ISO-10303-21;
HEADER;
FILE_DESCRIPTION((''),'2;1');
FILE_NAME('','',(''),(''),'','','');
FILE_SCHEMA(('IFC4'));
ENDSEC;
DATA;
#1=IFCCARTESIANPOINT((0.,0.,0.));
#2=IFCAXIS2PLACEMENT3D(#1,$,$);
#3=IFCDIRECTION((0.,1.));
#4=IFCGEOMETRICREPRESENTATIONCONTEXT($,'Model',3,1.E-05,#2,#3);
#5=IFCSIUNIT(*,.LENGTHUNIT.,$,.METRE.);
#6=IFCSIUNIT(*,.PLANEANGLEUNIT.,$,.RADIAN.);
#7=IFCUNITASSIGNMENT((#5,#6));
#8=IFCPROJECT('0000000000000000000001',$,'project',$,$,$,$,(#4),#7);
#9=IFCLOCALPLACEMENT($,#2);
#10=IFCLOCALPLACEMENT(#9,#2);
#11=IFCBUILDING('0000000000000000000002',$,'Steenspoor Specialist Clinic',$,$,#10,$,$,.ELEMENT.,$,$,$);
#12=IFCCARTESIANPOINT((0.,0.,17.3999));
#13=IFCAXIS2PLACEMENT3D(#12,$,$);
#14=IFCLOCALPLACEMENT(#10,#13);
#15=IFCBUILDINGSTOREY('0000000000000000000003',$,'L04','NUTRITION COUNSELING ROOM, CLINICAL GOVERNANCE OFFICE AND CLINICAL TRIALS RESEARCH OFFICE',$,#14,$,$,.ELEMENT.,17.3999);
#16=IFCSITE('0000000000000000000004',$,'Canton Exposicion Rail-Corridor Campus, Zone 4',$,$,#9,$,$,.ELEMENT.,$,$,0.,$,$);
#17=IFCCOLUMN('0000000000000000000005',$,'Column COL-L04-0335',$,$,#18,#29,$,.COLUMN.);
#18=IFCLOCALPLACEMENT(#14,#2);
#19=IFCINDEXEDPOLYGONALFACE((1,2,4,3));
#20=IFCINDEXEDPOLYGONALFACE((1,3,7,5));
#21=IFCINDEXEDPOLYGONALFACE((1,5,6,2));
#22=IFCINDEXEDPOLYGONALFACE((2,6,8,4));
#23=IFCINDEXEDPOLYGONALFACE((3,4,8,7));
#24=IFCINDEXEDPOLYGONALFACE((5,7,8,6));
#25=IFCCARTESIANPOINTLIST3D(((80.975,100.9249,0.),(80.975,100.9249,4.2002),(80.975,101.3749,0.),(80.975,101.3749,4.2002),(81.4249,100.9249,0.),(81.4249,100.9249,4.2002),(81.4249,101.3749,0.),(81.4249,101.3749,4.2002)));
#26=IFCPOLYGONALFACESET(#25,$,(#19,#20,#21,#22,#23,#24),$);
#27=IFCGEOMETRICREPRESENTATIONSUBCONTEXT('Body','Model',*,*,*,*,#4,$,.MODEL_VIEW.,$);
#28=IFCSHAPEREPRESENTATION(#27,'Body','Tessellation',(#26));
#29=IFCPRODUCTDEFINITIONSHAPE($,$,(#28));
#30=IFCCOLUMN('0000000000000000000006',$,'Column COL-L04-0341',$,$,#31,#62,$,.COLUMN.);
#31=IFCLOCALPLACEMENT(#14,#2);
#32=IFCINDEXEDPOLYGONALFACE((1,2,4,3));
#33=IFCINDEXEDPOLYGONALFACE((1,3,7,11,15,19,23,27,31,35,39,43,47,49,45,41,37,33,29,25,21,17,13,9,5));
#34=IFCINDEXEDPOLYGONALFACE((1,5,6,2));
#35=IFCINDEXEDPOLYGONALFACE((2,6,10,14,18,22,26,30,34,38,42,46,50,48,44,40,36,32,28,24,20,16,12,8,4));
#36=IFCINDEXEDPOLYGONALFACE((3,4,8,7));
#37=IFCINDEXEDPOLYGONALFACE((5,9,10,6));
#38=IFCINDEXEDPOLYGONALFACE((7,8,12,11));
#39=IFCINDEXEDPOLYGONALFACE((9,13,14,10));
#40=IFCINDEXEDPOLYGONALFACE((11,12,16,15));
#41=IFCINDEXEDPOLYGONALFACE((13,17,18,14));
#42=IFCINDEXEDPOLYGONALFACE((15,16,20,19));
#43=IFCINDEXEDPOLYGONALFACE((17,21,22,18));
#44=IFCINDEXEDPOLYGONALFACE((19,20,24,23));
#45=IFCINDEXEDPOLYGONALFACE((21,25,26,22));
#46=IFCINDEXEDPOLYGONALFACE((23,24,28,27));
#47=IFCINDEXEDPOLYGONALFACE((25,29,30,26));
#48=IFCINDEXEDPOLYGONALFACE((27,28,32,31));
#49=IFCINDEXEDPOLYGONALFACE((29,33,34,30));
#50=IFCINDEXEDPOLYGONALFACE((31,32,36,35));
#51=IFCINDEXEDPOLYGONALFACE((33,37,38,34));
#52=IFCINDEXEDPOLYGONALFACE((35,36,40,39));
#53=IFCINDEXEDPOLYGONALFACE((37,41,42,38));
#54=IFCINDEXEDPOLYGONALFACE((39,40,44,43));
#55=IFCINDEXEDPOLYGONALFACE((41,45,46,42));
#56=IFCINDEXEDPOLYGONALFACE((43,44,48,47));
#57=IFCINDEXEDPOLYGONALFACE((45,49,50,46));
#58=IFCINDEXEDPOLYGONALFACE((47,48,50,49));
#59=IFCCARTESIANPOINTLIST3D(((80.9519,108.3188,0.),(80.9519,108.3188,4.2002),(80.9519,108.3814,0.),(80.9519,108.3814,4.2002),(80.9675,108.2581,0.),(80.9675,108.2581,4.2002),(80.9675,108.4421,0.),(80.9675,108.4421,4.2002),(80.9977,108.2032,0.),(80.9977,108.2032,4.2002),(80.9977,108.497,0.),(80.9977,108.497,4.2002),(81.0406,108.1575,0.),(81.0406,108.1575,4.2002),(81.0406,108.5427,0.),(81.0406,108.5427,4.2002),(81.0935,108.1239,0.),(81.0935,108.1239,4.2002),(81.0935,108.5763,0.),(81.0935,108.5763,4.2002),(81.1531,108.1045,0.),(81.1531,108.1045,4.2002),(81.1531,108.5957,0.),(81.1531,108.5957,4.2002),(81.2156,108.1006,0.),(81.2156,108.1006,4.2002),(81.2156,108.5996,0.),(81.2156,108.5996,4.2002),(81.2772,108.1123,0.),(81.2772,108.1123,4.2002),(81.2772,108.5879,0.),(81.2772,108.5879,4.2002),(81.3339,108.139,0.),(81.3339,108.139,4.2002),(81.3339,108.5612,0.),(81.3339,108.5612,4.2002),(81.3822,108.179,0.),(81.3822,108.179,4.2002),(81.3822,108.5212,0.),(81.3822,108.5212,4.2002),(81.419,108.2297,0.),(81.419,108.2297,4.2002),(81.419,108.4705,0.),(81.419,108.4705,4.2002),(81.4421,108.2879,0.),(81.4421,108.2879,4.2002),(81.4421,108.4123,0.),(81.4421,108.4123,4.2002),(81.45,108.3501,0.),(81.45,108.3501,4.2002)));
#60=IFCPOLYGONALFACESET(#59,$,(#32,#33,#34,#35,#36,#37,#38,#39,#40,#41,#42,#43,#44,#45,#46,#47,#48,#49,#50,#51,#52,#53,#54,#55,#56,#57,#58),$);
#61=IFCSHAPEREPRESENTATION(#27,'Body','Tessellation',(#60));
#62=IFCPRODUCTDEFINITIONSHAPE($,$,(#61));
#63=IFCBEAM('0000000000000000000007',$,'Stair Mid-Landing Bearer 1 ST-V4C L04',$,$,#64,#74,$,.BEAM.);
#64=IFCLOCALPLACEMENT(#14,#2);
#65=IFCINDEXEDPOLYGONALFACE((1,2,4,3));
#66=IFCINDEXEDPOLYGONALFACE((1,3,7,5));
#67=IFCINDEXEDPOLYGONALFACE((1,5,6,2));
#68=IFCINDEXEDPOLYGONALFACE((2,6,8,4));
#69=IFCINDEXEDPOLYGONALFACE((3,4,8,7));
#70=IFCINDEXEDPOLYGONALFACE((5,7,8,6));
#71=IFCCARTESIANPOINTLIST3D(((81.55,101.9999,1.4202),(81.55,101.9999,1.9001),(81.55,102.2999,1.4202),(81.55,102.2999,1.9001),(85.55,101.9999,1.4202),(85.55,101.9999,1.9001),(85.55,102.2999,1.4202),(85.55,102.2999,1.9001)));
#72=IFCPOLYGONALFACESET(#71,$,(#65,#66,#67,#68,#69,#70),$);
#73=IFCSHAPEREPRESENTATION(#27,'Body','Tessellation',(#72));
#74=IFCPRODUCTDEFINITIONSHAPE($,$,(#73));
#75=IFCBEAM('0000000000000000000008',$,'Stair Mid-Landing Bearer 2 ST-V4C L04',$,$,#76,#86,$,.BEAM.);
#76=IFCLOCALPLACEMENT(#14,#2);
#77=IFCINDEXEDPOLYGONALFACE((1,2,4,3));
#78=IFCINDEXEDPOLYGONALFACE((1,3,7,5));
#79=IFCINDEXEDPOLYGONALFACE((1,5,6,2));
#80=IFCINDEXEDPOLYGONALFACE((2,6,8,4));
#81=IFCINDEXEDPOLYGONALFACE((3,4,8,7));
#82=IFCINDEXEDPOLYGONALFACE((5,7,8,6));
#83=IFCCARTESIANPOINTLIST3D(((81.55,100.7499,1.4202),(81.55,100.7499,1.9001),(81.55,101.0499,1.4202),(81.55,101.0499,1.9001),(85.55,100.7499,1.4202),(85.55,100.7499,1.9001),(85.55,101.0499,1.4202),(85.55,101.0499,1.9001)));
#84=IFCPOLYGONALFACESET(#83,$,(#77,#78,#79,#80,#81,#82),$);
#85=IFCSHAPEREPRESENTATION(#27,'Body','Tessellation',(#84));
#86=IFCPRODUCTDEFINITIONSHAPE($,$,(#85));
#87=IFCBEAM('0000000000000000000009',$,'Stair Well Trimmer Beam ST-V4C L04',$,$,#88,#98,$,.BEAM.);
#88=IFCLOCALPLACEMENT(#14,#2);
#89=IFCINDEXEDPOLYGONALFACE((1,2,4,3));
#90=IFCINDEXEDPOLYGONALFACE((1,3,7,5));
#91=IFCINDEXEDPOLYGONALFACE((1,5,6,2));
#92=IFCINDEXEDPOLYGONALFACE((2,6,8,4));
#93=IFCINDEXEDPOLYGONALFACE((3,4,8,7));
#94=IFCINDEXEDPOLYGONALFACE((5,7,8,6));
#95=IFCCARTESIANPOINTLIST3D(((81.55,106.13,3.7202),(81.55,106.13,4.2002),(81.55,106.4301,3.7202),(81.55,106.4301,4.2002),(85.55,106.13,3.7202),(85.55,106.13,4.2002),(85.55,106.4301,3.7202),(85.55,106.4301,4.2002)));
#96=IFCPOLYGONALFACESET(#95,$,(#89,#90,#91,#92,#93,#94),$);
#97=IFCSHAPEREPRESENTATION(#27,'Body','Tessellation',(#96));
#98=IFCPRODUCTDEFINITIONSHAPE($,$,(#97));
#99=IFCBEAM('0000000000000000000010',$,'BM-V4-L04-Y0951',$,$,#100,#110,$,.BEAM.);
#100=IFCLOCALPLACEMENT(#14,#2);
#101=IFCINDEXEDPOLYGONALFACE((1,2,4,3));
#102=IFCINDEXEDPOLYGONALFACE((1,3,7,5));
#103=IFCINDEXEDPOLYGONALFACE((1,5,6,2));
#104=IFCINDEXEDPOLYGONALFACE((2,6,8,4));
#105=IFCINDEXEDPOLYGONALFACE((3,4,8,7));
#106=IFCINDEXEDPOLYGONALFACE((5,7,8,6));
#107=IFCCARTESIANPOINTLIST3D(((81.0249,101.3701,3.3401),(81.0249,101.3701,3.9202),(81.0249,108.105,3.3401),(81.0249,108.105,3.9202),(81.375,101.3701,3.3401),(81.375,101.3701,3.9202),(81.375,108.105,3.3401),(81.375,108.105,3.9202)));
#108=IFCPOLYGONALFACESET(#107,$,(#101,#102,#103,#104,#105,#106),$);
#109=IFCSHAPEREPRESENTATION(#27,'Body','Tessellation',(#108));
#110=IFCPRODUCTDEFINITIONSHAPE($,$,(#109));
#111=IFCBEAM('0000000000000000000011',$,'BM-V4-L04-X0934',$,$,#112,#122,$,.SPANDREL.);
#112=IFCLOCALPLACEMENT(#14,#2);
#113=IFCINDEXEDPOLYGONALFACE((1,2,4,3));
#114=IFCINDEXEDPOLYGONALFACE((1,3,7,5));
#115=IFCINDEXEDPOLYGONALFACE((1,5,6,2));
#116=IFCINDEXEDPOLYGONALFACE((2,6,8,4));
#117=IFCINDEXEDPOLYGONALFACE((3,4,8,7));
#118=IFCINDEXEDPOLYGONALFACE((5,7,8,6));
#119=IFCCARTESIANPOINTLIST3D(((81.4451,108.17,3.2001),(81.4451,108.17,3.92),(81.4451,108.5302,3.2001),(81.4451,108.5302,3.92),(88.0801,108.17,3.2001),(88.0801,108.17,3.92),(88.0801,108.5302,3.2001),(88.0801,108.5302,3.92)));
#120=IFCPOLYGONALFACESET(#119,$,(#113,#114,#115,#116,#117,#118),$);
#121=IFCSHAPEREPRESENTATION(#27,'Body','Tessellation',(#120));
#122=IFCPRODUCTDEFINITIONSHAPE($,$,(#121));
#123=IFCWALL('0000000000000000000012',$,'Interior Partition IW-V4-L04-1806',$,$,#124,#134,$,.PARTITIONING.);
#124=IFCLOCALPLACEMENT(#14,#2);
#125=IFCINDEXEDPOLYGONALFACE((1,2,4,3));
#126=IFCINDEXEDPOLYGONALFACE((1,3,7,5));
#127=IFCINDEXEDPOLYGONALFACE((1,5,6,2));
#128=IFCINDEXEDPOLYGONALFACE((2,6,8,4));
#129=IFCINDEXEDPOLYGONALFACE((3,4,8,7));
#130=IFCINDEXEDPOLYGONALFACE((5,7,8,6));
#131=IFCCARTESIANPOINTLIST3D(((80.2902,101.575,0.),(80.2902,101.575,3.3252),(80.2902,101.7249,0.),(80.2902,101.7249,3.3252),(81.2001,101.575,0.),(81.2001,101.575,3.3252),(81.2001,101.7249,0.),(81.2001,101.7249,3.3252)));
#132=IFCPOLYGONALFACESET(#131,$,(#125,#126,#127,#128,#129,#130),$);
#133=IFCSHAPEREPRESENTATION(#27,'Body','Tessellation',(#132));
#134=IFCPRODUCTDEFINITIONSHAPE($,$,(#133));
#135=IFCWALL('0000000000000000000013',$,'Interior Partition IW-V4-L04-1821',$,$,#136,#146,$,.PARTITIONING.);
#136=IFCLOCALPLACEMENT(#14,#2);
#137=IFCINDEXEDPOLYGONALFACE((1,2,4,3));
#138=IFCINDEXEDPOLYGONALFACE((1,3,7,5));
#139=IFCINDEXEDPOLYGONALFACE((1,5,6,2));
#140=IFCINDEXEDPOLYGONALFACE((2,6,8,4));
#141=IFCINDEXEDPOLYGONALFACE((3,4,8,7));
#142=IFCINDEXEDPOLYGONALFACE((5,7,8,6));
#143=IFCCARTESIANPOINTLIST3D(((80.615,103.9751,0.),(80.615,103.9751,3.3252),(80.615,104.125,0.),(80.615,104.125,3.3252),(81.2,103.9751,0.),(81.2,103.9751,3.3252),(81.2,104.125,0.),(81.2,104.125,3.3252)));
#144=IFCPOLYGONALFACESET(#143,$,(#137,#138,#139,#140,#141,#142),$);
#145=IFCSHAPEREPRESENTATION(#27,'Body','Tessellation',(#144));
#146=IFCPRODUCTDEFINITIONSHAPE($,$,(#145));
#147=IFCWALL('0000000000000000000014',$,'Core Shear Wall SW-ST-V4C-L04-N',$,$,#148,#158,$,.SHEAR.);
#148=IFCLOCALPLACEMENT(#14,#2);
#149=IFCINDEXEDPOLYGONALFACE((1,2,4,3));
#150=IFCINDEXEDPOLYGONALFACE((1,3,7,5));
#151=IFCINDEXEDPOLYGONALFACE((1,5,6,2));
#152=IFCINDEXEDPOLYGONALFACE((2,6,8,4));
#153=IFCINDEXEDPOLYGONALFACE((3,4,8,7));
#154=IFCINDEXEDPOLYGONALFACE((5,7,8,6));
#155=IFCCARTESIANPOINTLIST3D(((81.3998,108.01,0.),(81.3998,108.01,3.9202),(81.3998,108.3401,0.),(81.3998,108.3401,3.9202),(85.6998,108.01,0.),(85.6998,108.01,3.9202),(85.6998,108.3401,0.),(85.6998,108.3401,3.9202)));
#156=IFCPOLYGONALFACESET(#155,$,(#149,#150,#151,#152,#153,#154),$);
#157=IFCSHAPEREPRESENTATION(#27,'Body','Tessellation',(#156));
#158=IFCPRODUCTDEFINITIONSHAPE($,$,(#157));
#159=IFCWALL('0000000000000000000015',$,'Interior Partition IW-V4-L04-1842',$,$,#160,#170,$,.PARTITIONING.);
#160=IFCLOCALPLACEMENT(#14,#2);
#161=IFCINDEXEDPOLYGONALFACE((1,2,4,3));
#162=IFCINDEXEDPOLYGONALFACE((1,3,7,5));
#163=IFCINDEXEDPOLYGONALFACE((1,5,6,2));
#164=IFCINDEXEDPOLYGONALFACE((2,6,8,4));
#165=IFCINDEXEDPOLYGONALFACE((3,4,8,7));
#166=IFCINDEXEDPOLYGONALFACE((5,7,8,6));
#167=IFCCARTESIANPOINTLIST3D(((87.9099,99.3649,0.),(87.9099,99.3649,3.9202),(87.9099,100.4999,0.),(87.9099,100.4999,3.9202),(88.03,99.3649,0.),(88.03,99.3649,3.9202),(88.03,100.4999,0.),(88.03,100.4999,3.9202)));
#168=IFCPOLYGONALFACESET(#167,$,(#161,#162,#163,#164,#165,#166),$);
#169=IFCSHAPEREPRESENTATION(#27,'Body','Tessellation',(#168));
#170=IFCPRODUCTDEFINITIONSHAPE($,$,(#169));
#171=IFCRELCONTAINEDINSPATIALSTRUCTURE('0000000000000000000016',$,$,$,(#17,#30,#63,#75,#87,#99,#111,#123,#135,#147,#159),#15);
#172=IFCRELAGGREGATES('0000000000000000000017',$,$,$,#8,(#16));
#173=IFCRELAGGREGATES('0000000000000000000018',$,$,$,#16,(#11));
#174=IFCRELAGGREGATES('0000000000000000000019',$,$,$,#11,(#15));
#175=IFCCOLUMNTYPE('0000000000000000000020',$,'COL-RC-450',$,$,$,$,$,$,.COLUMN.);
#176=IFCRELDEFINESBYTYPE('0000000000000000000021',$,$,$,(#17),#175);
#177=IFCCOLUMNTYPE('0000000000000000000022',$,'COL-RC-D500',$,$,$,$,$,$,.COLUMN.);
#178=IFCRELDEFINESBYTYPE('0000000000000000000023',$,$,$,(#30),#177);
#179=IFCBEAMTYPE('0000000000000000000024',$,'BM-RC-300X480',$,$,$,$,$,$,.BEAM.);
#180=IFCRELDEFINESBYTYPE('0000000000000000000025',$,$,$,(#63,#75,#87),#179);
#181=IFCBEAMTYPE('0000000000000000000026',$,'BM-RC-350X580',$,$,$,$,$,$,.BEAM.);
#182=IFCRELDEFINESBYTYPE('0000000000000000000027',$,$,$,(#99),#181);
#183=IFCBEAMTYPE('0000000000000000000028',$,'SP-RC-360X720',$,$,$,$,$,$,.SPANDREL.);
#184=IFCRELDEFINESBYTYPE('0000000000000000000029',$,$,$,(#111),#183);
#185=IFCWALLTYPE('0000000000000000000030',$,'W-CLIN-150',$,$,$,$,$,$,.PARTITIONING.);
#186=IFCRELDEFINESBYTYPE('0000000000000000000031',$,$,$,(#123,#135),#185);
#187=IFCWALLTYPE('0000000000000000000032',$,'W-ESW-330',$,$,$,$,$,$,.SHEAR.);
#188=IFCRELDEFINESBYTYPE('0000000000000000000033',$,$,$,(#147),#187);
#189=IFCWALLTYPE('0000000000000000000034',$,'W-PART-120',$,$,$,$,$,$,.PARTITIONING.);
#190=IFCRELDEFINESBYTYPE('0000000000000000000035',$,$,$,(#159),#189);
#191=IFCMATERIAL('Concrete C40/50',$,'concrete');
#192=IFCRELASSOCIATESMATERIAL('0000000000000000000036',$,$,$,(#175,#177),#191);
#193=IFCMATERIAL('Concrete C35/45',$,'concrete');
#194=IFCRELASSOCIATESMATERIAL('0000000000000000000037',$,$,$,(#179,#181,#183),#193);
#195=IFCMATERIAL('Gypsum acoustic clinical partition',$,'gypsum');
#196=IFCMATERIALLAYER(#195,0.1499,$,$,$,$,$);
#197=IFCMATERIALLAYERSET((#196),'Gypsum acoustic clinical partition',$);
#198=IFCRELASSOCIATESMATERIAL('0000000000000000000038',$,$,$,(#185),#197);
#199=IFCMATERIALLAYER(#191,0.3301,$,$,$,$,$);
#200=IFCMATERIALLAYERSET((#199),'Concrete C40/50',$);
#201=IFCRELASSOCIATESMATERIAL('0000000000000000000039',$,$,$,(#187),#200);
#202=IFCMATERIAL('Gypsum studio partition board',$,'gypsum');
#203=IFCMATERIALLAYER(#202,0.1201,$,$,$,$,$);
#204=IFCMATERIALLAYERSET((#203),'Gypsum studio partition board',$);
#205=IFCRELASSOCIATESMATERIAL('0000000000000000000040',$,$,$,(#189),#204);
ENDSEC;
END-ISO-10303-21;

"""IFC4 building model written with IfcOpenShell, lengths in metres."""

from ifc_helpers import new_model, si_unit, direction, frame, frame_2d, origin, origin_2d, place, context, subcontext, project, spatial, rectangle, circle, extrude, material, layer, layer_set, material_profile, profile_set, type_object, element, save


model = new_model("IFC4")

# Units and contexts
model_context = context("Model", 3, precision=1e-05, world=origin(), true_north=direction((0.0, 1.0)))
body_context = subcontext(model_context, "Body", "Model", "MODEL_VIEW")
ifc_project = project(units=[si_unit("LENGTHUNIT", "METRE"), si_unit("PLANEANGLEUNIT", "RADIAN")], contexts=[model_context])

# Site, building, storey
site_placement = place(None, origin())
site = spatial("IfcSite", under=ifc_project, at=site_placement, Name="Canton Exposicion Rail-Corridor Campus, Zone 4", CompositionType="ELEMENT", RefElevation=0.0)
building_placement = place(site_placement, origin())
building = spatial("IfcBuilding", under=site, at=building_placement, Name="Steenspoor Specialist Clinic", CompositionType="ELEMENT")
storey_placement = place(building_placement, frame((0.0, 0.0, 17.3999)))
storey = spatial("IfcBuildingStorey", under=building, at=storey_placement, Name="L04", Description="NUTRITION COUNSELING ROOM, CLINICAL GOVERNANCE OFFICE AND CLINICAL TRIALS RESEARCH OFFICE", CompositionType="ELEMENT", Elevation=17.3999)

# Columns
ifc_material_1 = material(Name="Concrete C40/50", Category="concrete")
ifc_material_profile_1 = material_profile(ifc_material_1, rectangle(XDim=0.45, YDim=0.45, at=origin_2d()), Name="RC-COL-450X450")
ifc_profile_set_1 = profile_set([ifc_material_profile_1], Name="Concrete C40/50")
column_type_1 = type_object("IfcColumnType", Name="COL-RC-450", PredefinedType="COLUMN", material=ifc_profile_set_1)
column_1_placement = place(storey_placement, frame((81.2, 101.1499, 0.0), z_axis=(0.0, 0.0, 1.0), x_axis=(1.0, 0.0, 0.0)))
element("IfcColumn", 1, at=column_1_placement, inside=storey, type_object=column_type_1, Name="Column COL-L04-0335", PredefinedType="COLUMN", context=body_context, shape_type="SweptSolid", body=[
    extrude(rectangle(XDim=0.45, YDim=0.45, at=origin_2d()), origin(), (0.0, 0.0, 1.0), 4.2002),
])
ifc_material_profile_2 = material_profile(ifc_material_1, circle(Radius=0.25, at=origin_2d()), Name="RC-COL-D500")
ifc_profile_set_2 = profile_set([ifc_material_profile_2], Name="Concrete C40/50")
column_type_2 = type_object("IfcColumnType", Name="COL-RC-D500", PredefinedType="COLUMN", material=ifc_profile_set_2)
column_2_placement = place(storey_placement, frame((81.2, 108.3501, 0.0), z_axis=(0.0, 0.0, 1.0), x_axis=(1.0, 0.0, 0.0)))
element("IfcColumn", 2, at=column_2_placement, inside=storey, type_object=column_type_2, Name="Column COL-L04-0341", PredefinedType="COLUMN", context=body_context, shape_type="SweptSolid", body=[
    extrude(circle(Radius=0.25, at=origin_2d()), origin(), (0.0, 0.0, 1.0), 4.2002),
])

# Beams
ifc_material_2 = material(Name="Concrete C35/45", Category="concrete")
ifc_material_profile_3 = material_profile(ifc_material_2, rectangle(XDim=0.3, YDim=0.48, at=origin_2d()), Name="RC-BM-300X480")
ifc_profile_set_3 = profile_set([ifc_material_profile_3], Name="Concrete C35/45")
beam_type_1 = type_object("IfcBeamType", Name="BM-RC-300X480", PredefinedType="BEAM", material=ifc_profile_set_3)
for number, where, z_axis, x_axis, name in (
    (3, (81.55, 102.1499, 1.6602), (1.0, 0.0, 0.0), (0.0, 1.0, 0.0), "Stair Mid-Landing Bearer 1 ST-V4C L04"),
    (4, (81.55, 100.8999, 1.6602), (1.0, 0.0, 0.0), (0.0, 1.0, 0.0), "Stair Mid-Landing Bearer 2 ST-V4C L04"),
    (5, (81.55, 106.28, 3.9602), (1.0, 0.0, 0.0), (0.0, 1.0, 0.0), "Stair Well Trimmer Beam ST-V4C L04"),
):
    element("IfcBeam", number, at=place(storey_placement, frame(where, z_axis=z_axis, x_axis=x_axis)), inside=storey, type_object=beam_type_1, Name=name, PredefinedType="BEAM", context=body_context, shape_type="SweptSolid", body=[
        extrude(rectangle(XDim=0.3, YDim=0.48, at=origin_2d()), origin(), (0.0, 0.0, 1.0), 4.0),
    ])
ifc_material_profile_4 = material_profile(ifc_material_2, rectangle(XDim=0.3501, YDim=0.5801, at=origin_2d()), Name="RC-BM-350X580")
ifc_profile_set_4 = profile_set([ifc_material_profile_4], Name="Concrete C35/45")
beam_type_2 = type_object("IfcBeamType", Name="BM-RC-350X580", PredefinedType="BEAM", material=ifc_profile_set_4)
beam_1_placement = place(storey_placement, frame((81.2, 101.3701, 3.6301), z_axis=(0.0, 1.0, 0.0), x_axis=(-1.0, 0.0, 0.0)))
element("IfcBeam", 6, at=beam_1_placement, inside=storey, type_object=beam_type_2, Name="BM-V4-L04-Y0951", PredefinedType="BEAM", context=body_context, shape_type="SweptSolid", body=[
    extrude(rectangle(XDim=0.3501, YDim=0.5801, at=origin_2d()), origin(), (0.0, 0.0, 1.0), 6.7349),
])
ifc_material_profile_5 = material_profile(ifc_material_2, rectangle(XDim=0.3601, YDim=0.72, at=origin_2d()), Name="RC-SP-360X720")
ifc_profile_set_5 = profile_set([ifc_material_profile_5], Name="Concrete C35/45")
beam_type_3 = type_object("IfcBeamType", Name="SP-RC-360X720", PredefinedType="SPANDREL", material=ifc_profile_set_5)
beam_2_placement = place(storey_placement, frame((81.4451, 108.3501, 3.5601), z_axis=(1.0, 0.0, 0.0), x_axis=(0.0, 1.0, 0.0)))
element("IfcBeam", 7, at=beam_2_placement, inside=storey, type_object=beam_type_3, Name="BM-V4-L04-X0934", PredefinedType="SPANDREL", context=body_context, shape_type="SweptSolid", body=[
    extrude(rectangle(XDim=0.3601, YDim=0.72, at=origin_2d()), origin(), (0.0, 0.0, 1.0), 6.635),
])

# Walls
ifc_material_3 = material(Name="Gypsum acoustic clinical partition", Category="gypsum")
ifc_layer_1 = layer(ifc_material_3, 0.1499)
ifc_layer_set_1 = layer_set([ifc_layer_1], Name="Gypsum acoustic clinical partition")
wall_type_1 = type_object("IfcWallType", Name="W-CLIN-150", PredefinedType="PARTITIONING", material=ifc_layer_set_1)
wall_1_placement = place(storey_placement, frame((80.29, 101.6499, 0.0), z_axis=(0.0, 0.0, 1.0), x_axis=(1.0, 0.0, 0.0)))
element("IfcWall", 8, at=wall_1_placement, inside=storey, type_object=wall_type_1, Name="Interior Partition IW-V4-L04-1806", PredefinedType="PARTITIONING", context=body_context, shape_type="SweptSolid", body=[
    extrude(rectangle(XDim=0.9099, YDim=0.1499, at=frame_2d((0.4551, 0.0))), origin(), (0.0, 0.0, 1.0), 3.3252),
])
wall_2_placement = place(storey_placement, frame((80.615, 104.05, 0.0), z_axis=(0.0, 0.0, 1.0), x_axis=(1.0, 0.0, 0.0)))
element("IfcWall", 9, at=wall_2_placement, inside=storey, type_object=wall_type_1, Name="Interior Partition IW-V4-L04-1821", PredefinedType="PARTITIONING", context=body_context, shape_type="SweptSolid", body=[
    extrude(rectangle(XDim=0.585, YDim=0.1499, at=frame_2d((0.2925, 0.0))), origin(), (0.0, 0.0, 1.0), 3.3252),
])
ifc_layer_2 = layer(ifc_material_1, 0.3301)
ifc_layer_set_2 = layer_set([ifc_layer_2], Name="Concrete C40/50")
wall_type_2 = type_object("IfcWallType", Name="W-ESW-330", PredefinedType="SHEAR", material=ifc_layer_set_2)
wall_3_placement = place(storey_placement, frame((81.3999, 108.175, 0.0), z_axis=(0.0, 0.0, 1.0), x_axis=(1.0, 0.0, 0.0)))
element("IfcWall", 10, at=wall_3_placement, inside=storey, type_object=wall_type_2, Name="Core Shear Wall SW-ST-V4C-L04-N", PredefinedType="SHEAR", context=body_context, shape_type="SweptSolid", body=[
    extrude(rectangle(XDim=4.3, YDim=0.3301, at=frame_2d((2.1499, 0.0))), origin(), (0.0, 0.0, 1.0), 3.9202),
])
ifc_material_4 = material(Name="Gypsum studio partition board", Category="gypsum")
ifc_layer_3 = layer(ifc_material_4, 0.1201)
ifc_layer_set_3 = layer_set([ifc_layer_3], Name="Gypsum studio partition board")
wall_type_3 = type_object("IfcWallType", Name="W-PART-120", PredefinedType="PARTITIONING", material=ifc_layer_set_3)
wall_4_placement = place(storey_placement, frame((87.97, 99.365, 0.0), z_axis=(0.0, 0.0, 1.0), x_axis=(0.0, 1.0, 0.0)))
element("IfcWall", 11, at=wall_4_placement, inside=storey, type_object=wall_type_3, Name="Interior Partition IW-V4-L04-1842", PredefinedType="PARTITIONING", context=body_context, shape_type="SweptSolid", body=[
    extrude(rectangle(XDim=1.135, YDim=0.1201, at=frame_2d((0.5674, 0.0))), origin(), (0.0, 0.0, 1.0), 3.9202),
])

save(model, "model.ifc")
